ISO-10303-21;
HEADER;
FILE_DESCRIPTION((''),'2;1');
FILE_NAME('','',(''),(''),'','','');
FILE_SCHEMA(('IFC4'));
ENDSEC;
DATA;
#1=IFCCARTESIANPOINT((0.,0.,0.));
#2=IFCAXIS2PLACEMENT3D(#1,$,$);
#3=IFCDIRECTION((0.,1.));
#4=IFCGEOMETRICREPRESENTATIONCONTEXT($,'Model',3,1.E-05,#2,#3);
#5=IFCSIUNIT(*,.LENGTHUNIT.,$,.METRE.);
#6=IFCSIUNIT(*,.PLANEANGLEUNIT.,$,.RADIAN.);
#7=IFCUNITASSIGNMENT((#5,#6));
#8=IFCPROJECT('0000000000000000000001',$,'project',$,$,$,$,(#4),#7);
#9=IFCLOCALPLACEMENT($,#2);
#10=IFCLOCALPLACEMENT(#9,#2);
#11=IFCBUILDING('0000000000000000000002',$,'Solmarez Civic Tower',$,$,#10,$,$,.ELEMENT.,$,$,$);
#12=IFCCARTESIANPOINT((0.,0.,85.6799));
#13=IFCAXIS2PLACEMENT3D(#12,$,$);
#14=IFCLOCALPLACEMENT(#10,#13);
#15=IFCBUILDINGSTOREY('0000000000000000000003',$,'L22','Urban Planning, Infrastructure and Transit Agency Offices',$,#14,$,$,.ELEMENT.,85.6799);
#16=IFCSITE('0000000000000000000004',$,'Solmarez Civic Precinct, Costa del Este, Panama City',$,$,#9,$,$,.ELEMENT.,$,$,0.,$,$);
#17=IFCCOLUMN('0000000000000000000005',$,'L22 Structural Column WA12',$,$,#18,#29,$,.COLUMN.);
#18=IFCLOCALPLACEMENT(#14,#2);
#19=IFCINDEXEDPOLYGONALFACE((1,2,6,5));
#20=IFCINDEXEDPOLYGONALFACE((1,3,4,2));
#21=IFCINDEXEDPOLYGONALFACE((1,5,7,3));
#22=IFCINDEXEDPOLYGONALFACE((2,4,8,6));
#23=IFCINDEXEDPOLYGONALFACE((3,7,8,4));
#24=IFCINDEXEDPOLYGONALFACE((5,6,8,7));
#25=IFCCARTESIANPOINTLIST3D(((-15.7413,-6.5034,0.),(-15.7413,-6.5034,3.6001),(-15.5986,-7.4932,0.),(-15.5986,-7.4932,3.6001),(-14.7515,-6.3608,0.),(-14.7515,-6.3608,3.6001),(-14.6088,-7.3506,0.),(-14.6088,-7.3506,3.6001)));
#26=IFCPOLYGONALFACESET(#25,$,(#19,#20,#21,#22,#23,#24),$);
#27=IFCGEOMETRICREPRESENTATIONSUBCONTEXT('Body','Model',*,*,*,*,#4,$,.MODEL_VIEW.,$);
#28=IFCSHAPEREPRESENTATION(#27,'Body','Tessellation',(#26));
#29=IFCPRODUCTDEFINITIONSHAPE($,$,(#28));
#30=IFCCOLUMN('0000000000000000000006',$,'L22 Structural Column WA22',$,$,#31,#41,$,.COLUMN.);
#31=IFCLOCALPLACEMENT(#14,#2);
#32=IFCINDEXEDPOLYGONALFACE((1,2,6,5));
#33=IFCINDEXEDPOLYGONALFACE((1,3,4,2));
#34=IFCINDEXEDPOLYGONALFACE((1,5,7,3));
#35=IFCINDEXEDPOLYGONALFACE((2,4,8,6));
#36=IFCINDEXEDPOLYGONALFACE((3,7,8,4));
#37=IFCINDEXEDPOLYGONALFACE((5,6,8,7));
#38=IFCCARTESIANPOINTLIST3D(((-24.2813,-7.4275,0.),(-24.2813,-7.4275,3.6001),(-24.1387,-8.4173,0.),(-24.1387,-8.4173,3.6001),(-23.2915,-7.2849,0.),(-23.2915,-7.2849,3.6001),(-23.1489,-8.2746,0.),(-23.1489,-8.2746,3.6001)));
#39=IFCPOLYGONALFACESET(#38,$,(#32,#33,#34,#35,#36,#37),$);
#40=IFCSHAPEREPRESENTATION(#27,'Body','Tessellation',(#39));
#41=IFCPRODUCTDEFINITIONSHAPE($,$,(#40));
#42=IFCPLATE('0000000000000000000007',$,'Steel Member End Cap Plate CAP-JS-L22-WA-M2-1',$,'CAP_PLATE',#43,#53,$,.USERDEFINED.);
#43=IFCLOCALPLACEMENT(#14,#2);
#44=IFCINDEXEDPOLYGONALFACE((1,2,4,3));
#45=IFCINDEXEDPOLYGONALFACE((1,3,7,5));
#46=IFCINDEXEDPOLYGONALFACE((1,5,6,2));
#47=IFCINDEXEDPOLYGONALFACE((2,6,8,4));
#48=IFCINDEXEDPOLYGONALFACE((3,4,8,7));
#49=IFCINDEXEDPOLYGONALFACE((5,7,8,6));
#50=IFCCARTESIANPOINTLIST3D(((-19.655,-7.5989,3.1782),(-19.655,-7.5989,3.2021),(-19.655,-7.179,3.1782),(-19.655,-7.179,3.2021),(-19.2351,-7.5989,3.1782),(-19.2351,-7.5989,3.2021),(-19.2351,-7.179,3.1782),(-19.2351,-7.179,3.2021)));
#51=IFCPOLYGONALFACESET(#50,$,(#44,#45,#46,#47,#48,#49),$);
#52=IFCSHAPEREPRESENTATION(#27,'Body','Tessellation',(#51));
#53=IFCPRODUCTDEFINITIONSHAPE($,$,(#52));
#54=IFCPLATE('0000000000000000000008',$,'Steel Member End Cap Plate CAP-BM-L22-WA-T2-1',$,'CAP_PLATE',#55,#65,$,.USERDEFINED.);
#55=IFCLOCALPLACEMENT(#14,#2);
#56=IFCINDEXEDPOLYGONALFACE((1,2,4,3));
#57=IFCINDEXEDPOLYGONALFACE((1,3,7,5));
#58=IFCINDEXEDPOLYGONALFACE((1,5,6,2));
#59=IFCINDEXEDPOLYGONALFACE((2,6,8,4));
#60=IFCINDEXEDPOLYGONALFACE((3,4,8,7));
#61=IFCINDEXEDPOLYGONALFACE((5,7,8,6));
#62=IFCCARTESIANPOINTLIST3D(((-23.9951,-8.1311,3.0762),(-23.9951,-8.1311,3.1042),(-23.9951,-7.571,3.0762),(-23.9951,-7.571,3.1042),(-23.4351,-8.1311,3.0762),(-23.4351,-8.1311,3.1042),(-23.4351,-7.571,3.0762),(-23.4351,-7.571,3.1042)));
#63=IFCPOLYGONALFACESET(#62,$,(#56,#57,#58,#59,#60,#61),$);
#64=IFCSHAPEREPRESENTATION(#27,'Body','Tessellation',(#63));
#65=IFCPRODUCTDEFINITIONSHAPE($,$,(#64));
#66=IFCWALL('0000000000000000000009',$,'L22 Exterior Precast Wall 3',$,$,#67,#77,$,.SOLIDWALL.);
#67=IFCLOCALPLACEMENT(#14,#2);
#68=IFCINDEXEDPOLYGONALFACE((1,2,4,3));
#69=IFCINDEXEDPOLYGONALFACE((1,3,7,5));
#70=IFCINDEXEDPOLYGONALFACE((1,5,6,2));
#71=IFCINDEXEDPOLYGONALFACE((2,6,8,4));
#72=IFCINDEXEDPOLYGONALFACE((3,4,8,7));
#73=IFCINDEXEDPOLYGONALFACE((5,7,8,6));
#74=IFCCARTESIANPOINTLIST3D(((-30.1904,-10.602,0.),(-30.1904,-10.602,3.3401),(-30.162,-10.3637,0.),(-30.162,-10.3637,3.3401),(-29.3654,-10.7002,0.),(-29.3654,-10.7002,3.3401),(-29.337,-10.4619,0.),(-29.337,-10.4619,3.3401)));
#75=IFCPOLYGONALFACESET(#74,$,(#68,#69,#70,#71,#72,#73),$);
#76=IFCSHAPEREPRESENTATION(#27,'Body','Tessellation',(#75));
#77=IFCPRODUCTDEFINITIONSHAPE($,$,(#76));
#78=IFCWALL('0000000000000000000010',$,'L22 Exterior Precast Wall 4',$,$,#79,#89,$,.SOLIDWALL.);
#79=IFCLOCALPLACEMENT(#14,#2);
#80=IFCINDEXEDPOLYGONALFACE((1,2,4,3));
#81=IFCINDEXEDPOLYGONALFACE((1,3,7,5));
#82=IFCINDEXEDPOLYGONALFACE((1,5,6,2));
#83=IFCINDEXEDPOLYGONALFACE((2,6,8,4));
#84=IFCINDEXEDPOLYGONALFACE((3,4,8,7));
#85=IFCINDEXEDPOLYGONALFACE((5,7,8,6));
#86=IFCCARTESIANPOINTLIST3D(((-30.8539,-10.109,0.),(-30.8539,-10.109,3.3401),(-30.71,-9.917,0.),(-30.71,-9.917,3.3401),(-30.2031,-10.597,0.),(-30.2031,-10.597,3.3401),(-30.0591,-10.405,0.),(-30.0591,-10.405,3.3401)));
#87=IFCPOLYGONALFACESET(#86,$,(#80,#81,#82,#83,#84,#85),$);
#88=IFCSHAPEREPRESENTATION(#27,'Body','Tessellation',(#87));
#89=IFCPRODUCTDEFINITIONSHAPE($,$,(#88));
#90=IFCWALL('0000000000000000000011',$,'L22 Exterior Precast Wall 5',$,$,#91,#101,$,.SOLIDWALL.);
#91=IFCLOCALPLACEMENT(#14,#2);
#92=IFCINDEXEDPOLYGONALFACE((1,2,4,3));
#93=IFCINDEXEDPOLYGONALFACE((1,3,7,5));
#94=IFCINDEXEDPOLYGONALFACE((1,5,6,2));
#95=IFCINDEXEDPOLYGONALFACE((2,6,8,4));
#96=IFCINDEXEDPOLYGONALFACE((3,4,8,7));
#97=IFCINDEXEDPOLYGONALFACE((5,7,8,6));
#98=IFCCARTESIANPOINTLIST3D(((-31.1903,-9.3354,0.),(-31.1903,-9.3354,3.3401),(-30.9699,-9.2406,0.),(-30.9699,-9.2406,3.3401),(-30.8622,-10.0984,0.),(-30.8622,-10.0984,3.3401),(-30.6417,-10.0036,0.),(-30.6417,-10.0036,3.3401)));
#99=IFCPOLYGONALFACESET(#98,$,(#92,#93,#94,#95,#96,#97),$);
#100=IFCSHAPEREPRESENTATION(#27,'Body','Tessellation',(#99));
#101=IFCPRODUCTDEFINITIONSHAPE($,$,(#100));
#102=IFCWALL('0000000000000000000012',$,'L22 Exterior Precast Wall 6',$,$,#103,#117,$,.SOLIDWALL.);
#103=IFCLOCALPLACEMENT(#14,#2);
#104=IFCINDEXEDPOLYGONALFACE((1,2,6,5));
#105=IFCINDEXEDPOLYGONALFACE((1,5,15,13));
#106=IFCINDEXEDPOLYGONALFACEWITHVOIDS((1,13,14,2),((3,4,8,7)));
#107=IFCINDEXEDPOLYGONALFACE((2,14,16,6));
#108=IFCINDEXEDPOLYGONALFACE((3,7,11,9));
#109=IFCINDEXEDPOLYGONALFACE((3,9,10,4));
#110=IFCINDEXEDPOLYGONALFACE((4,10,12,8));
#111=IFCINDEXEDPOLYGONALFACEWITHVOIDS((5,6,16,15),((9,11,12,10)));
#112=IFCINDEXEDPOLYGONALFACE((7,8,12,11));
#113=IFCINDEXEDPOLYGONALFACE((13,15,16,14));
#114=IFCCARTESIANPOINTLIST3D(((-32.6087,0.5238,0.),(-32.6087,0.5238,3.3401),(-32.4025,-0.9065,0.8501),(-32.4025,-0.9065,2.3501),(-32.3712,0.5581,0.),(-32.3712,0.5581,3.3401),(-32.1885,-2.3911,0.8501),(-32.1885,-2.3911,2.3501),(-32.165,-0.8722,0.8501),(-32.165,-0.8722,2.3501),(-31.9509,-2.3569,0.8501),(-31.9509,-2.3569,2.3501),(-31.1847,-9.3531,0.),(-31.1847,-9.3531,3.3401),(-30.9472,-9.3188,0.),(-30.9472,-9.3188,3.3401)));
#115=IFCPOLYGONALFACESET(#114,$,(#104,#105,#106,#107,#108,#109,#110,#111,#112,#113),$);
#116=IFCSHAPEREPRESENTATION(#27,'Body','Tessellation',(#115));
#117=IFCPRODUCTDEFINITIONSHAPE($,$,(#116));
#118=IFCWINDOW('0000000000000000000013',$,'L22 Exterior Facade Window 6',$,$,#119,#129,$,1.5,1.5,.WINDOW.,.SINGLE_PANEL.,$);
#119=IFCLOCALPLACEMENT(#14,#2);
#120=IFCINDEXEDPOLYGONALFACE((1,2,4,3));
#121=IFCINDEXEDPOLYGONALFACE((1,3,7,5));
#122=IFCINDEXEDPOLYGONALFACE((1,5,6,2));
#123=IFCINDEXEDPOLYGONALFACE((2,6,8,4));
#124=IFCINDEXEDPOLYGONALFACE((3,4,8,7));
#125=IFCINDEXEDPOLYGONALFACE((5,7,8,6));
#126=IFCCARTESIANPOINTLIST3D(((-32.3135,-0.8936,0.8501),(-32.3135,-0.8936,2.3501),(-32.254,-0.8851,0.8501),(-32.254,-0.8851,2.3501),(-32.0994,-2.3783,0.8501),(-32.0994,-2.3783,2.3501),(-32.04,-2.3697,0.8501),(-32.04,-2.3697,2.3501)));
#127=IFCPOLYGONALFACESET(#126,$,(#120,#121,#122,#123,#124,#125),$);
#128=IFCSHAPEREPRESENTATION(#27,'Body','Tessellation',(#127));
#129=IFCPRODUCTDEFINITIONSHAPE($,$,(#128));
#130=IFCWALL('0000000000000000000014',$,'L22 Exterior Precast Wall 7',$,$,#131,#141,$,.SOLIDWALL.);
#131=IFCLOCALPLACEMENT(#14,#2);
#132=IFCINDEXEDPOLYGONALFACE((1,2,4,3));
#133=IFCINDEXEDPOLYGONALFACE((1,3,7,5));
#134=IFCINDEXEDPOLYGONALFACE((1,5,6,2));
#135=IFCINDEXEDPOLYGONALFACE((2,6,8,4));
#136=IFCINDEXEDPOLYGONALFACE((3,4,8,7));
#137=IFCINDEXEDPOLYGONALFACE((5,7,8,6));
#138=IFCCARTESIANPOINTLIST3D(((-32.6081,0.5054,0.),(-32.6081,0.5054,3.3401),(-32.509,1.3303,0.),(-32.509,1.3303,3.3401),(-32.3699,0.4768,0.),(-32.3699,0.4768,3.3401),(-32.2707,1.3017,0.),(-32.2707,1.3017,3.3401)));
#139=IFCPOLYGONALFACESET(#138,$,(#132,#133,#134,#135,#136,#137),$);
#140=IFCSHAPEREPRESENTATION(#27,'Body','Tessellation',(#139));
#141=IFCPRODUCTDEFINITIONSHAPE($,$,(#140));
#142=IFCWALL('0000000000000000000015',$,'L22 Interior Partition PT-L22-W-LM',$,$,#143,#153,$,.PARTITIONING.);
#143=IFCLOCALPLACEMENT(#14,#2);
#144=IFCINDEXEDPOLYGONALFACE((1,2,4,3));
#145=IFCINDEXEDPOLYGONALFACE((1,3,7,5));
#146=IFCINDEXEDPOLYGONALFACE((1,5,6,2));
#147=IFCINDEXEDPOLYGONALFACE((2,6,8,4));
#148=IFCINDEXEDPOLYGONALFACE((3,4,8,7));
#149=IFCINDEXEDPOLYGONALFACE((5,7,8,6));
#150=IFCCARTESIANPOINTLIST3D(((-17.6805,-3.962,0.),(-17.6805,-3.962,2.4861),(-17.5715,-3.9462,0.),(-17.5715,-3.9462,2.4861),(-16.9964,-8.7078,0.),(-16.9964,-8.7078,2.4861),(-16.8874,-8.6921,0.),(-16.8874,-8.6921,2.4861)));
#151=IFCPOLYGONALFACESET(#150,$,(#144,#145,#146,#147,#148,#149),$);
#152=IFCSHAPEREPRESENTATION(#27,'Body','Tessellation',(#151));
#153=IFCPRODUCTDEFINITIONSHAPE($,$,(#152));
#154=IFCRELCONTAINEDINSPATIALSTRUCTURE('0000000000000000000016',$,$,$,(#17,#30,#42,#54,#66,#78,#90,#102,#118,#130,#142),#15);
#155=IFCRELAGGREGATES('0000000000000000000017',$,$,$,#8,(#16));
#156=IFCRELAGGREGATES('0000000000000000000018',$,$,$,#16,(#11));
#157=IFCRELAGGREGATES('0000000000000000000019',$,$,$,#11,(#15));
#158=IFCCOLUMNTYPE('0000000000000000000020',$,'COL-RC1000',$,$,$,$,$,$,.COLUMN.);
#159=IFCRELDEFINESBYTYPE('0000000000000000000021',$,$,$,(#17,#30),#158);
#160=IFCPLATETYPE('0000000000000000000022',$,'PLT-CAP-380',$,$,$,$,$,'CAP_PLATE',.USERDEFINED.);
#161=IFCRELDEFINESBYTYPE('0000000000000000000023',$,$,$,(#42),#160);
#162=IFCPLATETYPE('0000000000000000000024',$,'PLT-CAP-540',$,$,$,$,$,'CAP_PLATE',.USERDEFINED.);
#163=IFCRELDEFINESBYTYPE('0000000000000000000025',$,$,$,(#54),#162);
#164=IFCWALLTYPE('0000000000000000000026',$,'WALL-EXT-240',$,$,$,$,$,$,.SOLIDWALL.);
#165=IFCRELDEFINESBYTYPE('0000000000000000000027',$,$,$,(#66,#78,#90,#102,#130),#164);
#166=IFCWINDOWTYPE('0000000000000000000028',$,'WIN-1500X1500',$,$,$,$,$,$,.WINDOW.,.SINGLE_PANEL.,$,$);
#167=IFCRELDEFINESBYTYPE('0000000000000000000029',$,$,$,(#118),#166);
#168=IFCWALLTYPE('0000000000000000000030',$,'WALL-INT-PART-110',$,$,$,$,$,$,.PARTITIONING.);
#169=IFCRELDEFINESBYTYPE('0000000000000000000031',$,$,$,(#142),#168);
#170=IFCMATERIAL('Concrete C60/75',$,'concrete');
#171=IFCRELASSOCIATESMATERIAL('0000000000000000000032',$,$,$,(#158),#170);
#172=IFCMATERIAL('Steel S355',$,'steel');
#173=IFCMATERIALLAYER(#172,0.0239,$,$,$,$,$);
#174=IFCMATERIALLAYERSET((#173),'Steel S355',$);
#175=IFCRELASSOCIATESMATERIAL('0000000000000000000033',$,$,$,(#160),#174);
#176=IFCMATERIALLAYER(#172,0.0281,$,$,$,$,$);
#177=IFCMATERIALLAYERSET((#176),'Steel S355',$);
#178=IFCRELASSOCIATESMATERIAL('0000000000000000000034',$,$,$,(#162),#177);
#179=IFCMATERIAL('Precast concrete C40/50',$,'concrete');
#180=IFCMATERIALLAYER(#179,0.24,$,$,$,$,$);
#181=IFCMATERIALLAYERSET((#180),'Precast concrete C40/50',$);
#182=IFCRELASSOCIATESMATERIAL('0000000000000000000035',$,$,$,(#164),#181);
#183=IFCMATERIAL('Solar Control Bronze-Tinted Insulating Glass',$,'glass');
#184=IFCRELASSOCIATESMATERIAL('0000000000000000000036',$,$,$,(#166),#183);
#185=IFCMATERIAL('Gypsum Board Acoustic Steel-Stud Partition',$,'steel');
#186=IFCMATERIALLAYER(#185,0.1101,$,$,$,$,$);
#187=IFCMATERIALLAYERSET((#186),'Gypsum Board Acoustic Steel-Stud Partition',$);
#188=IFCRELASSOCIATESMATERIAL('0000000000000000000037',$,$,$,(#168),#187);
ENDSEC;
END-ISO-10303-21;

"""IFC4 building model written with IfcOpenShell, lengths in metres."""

from ifc_helpers import new_model, si_unit, direction, frame, frame_2d, origin, origin_2d, place, context, subcontext, project, spatial, rectangle, extrude, material, layer, layer_set, material_profile, profile_set, type_object, element, fill, save


model = new_model("IFC4")

# Units and contexts
model_context = context("Model", 3, precision=1e-05, world=origin(), true_north=direction((0.0, 1.0)))
body_context = subcontext(model_context, "Body", "Model", "MODEL_VIEW")
ifc_project = project(units=[si_unit("LENGTHUNIT", "METRE"), si_unit("PLANEANGLEUNIT", "RADIAN")], contexts=[model_context])

# Site, building, storey
site_placement = place(None, origin())
site = spatial("IfcSite", under=ifc_project, at=site_placement, Name="Solmarez Civic Precinct, Costa del Este, Panama City", CompositionType="ELEMENT", RefElevation=0.0)
building_placement = place(site_placement, origin())
building = spatial("IfcBuilding", under=site, at=building_placement, Name="Solmarez Civic Tower", CompositionType="ELEMENT")
storey_placement = place(building_placement, frame((0.0, 0.0, 85.6799)))
storey = spatial("IfcBuildingStorey", under=building, at=storey_placement, Name="L22", Description="Urban Planning, Infrastructure and Transit Agency Offices", CompositionType="ELEMENT", Elevation=85.6799)

# Columns
ifc_material_1 = material(Name="Concrete C60/75", Category="concrete")
ifc_material_profile = material_profile(ifc_material_1, rectangle(XDim=1.0, YDim=1.0, at=origin_2d()), Name="RC1000X1000")
ifc_profile_set = profile_set([ifc_material_profile], Name="Concrete C60/75")
column_type = type_object("IfcColumnType", Name="COL-RC1000", PredefinedType="COLUMN", material=ifc_profile_set)
for number, where, z_axis, x_axis, name in (
    (1, (-15.175, -6.927, 0.0), (0.0, 0.0, 1.0), (0.989776, 0.142629, 0.0), "L22 Structural Column WA12"),
    (2, (-23.7151, -7.8511, 0.0), (0.0, 0.0, 1.0), (0.989776, 0.142629, 0.0), "L22 Structural Column WA22"),
):
    element("IfcColumn", number, at=place(storey_placement, frame(where, z_axis=z_axis, x_axis=x_axis)), inside=storey, type_object=column_type, Name=name, PredefinedType="COLUMN", context=body_context, shape_type="SweptSolid", body=[
        extrude(rectangle(XDim=1.0, YDim=1.0, at=origin_2d()), origin(), (0.0, 0.0, 1.0), 3.6001),
    ])

# Plates
ifc_material_2 = material(Name="Steel S355", Category="steel")
ifc_layer_1 = layer(ifc_material_2, 0.0239)
ifc_layer_set_1 = layer_set([ifc_layer_1], Name="Steel S355")
plate_type_1 = type_object("IfcPlateType", Name="PLT-CAP-380", ElementType="CAP_PLATE", PredefinedType="USERDEFINED", material=ifc_layer_set_1)
plate_1_placement = place(storey_placement, frame((-19.4451, -7.3889, 3.1782), z_axis=(0.0, 0.0, 1.0), x_axis=(1.0, 0.0, 0.0)))
element("IfcPlate", 3, at=plate_1_placement, inside=storey, type_object=plate_type_1, Name="Steel Member End Cap Plate CAP-JS-L22-WA-M2-1", ObjectType="CAP_PLATE", PredefinedType="USERDEFINED", context=body_context, shape_type="SweptSolid", body=[
    extrude(rectangle(XDim=0.4199, YDim=0.4199, at=origin_2d()), origin(), (0.0, 0.0, 1.0), 0.0239),
])
ifc_layer_2 = layer(ifc_material_2, 0.0281)
ifc_layer_set_2 = layer_set([ifc_layer_2], Name="Steel S355")
plate_type_2 = type_object("IfcPlateType", Name="PLT-CAP-540", ElementType="CAP_PLATE", PredefinedType="USERDEFINED", material=ifc_layer_set_2)
plate_2_placement = place(storey_placement, frame((-23.7151, -7.8511, 3.0762), z_axis=(0.0, 0.0, 1.0), x_axis=(1.0, 0.0, 0.0)))
element("IfcPlate", 4, at=plate_2_placement, inside=storey, type_object=plate_type_2, Name="Steel Member End Cap Plate CAP-BM-L22-WA-T2-1", ObjectType="CAP_PLATE", PredefinedType="USERDEFINED", context=body_context, shape_type="SweptSolid", body=[
    extrude(rectangle(XDim=0.5601, YDim=0.5601, at=origin_2d()), origin(), (0.0, 0.0, 1.0), 0.0281),
])

# Walls
ifc_material_3 = material(Name="Precast concrete C40/50", Category="concrete")
ifc_layer_3 = layer(ifc_material_3, 0.24)
ifc_layer_set_3 = layer_set([ifc_layer_3], Name="Precast concrete C40/50")
wall_type_1 = type_object("IfcWallType", Name="WALL-EXT-240", PredefinedType="SOLIDWALL", material=ifc_layer_set_3)
wall_1_placement = place(storey_placement, frame((-29.3511, -10.5811, 0.0), z_axis=(0.0, 0.0, 1.0), x_axis=(-0.992997, 0.118137, 0.0)))
element("IfcWall", 5, at=wall_1_placement, inside=storey, type_object=wall_type_1, Name="L22 Exterior Precast Wall 3", PredefinedType="SOLIDWALL", context=body_context, shape_type="SweptSolid", body=[
    extrude(rectangle(XDim=0.8308, YDim=0.24, at=frame_2d((0.4155, 0.0))), origin(), (0.0, 0.0, 1.0), 3.3401),
])
wall_2_placement = place(storey_placement, frame((-30.1311, -10.501, 0.0), z_axis=(0.0, 0.0, 1.0), x_axis=(-0.800072, 0.599904, 0.0)))
element("IfcWall", 6, at=wall_2_placement, inside=storey, type_object=wall_type_1, Name="L22 Exterior Precast Wall 4", PredefinedType="SOLIDWALL", context=body_context, shape_type="SweptSolid", body=[
    extrude(rectangle(XDim=0.8135, YDim=0.24, at=frame_2d((0.4067, 0.0))), origin(), (0.0, 0.0, 1.0), 3.3401),
])
wall_3_placement = place(storey_placement, frame((-30.752, -10.051, 0.0), z_axis=(0.0, 0.0, 1.0), x_axis=(-0.39509, 0.918643, 0.0)))
element("IfcWall", 7, at=wall_3_placement, inside=storey, type_object=wall_type_1, Name="L22 Exterior Precast Wall 5", PredefinedType="SOLIDWALL", context=body_context, shape_type="SweptSolid", body=[
    extrude(rectangle(XDim=0.8306, YDim=0.24, at=frame_2d((0.4153, 0.0))), origin(), (0.0, 0.0, 1.0), 3.3401),
])

# Wall, opening, window
wall_4_placement = place(storey_placement, frame((-31.0659, -9.3359, 0.0), z_axis=(0.0, 0.0, 1.0), x_axis=(-0.142706, 0.989765, 0.0)))
wall_4 = element("IfcWall", 8, at=wall_4_placement, inside=storey, type_object=wall_type_1, Name="L22 Exterior Precast Wall 6", PredefinedType="SOLIDWALL", context=body_context, shape_type="SweptSolid", body=[
    extrude(rectangle(XDim=9.979, YDim=0.24, at=frame_2d((4.9895, 0.0))), origin(), (0.0, 0.0, 1.0), 3.3401),
])
opening_1_placement = place(wall_4_placement, frame((7.0339, 0.0, 0.8501)))
opening_1 = element("IfcOpeningElement", 9, at=opening_1_placement, cuts=wall_4, PredefinedType="OPENING", context=body_context, shape_type="SweptSolid", body=[
    extrude(rectangle(XDim=1.5, YDim=1.5, at=frame_2d((0.75, 0.75))), frame((0.0, 0.1299, 0.0), z_axis=(0.0, -1.0, 0.0), x_axis=(1.0, 0.0, 0.0)), (0.0, 0.0, 1.0), 0.26),
])
ifc_material_4 = material(Name="Solar Control Bronze-Tinted Insulating Glass", Category="glass")
window_type = type_object("IfcWindowType", Name="WIN-1500X1500", PartitioningType="SINGLE_PANEL", PredefinedType="WINDOW", material=ifc_material_4)
window_placement = place(opening_1_placement, origin())
window = element("IfcWindow", 10, at=window_placement, inside=storey, type_object=window_type, Name="L22 Exterior Facade Window 6", OverallHeight=1.5, OverallWidth=1.5, PartitioningType="SINGLE_PANEL", PredefinedType="WINDOW", context=body_context, shape_type="SweptSolid", body=[
    extrude(rectangle(XDim=1.5, YDim=1.5, at=frame_2d((0.75, 0.75))), frame((0.0, 0.03, 0.0), z_axis=(0.0, -1.0, 0.0), x_axis=(1.0, 0.0, 0.0)), (0.0, 0.0, 1.0), 0.0601),
])
fill(opening_1, window)

# Walls
wall_5_placement = place(storey_placement, frame((-32.489, 0.491, 0.0), z_axis=(0.0, 0.0, 1.0), x_axis=(0.119296, 0.992859, 0.0)))
element("IfcWall", 11, at=wall_5_placement, inside=storey, type_object=wall_type_1, Name="L22 Exterior Precast Wall 7", PredefinedType="SOLIDWALL", context=body_context, shape_type="SweptSolid", body=[
    extrude(rectangle(XDim=0.8308, YDim=0.24, at=frame_2d((0.4155, 0.0))), origin(), (0.0, 0.0, 1.0), 3.3401),
])
ifc_material_5 = material(Name="Gypsum Board Acoustic Steel-Stud Partition", Category="steel")
ifc_layer_4 = layer(ifc_material_5, 0.1101)
ifc_layer_set_4 = layer_set([ifc_layer_4], Name="Gypsum Board Acoustic Steel-Stud Partition")
wall_type_2 = type_object("IfcWallType", Name="WALL-INT-PART-110", PredefinedType="PARTITIONING", material=ifc_layer_set_4)
wall_6_placement = place(storey_placement, frame((-17.626, -3.9541, 0.0), z_axis=(0.0, 0.0, 1.0), x_axis=(0.142669, -0.98977, 0.0)))
element("IfcWall", 12, at=wall_6_placement, inside=storey, type_object=wall_type_2, Name="L22 Interior Partition PT-L22-W-LM", PredefinedType="PARTITIONING", context=body_context, shape_type="SweptSolid", body=[
    extrude(rectangle(XDim=4.7949, YDim=0.1101, at=frame_2d((2.3975, 0.0))), origin(), (0.0, 0.0, 1.0), 2.4861),
])

save(model, "model.ifc")
